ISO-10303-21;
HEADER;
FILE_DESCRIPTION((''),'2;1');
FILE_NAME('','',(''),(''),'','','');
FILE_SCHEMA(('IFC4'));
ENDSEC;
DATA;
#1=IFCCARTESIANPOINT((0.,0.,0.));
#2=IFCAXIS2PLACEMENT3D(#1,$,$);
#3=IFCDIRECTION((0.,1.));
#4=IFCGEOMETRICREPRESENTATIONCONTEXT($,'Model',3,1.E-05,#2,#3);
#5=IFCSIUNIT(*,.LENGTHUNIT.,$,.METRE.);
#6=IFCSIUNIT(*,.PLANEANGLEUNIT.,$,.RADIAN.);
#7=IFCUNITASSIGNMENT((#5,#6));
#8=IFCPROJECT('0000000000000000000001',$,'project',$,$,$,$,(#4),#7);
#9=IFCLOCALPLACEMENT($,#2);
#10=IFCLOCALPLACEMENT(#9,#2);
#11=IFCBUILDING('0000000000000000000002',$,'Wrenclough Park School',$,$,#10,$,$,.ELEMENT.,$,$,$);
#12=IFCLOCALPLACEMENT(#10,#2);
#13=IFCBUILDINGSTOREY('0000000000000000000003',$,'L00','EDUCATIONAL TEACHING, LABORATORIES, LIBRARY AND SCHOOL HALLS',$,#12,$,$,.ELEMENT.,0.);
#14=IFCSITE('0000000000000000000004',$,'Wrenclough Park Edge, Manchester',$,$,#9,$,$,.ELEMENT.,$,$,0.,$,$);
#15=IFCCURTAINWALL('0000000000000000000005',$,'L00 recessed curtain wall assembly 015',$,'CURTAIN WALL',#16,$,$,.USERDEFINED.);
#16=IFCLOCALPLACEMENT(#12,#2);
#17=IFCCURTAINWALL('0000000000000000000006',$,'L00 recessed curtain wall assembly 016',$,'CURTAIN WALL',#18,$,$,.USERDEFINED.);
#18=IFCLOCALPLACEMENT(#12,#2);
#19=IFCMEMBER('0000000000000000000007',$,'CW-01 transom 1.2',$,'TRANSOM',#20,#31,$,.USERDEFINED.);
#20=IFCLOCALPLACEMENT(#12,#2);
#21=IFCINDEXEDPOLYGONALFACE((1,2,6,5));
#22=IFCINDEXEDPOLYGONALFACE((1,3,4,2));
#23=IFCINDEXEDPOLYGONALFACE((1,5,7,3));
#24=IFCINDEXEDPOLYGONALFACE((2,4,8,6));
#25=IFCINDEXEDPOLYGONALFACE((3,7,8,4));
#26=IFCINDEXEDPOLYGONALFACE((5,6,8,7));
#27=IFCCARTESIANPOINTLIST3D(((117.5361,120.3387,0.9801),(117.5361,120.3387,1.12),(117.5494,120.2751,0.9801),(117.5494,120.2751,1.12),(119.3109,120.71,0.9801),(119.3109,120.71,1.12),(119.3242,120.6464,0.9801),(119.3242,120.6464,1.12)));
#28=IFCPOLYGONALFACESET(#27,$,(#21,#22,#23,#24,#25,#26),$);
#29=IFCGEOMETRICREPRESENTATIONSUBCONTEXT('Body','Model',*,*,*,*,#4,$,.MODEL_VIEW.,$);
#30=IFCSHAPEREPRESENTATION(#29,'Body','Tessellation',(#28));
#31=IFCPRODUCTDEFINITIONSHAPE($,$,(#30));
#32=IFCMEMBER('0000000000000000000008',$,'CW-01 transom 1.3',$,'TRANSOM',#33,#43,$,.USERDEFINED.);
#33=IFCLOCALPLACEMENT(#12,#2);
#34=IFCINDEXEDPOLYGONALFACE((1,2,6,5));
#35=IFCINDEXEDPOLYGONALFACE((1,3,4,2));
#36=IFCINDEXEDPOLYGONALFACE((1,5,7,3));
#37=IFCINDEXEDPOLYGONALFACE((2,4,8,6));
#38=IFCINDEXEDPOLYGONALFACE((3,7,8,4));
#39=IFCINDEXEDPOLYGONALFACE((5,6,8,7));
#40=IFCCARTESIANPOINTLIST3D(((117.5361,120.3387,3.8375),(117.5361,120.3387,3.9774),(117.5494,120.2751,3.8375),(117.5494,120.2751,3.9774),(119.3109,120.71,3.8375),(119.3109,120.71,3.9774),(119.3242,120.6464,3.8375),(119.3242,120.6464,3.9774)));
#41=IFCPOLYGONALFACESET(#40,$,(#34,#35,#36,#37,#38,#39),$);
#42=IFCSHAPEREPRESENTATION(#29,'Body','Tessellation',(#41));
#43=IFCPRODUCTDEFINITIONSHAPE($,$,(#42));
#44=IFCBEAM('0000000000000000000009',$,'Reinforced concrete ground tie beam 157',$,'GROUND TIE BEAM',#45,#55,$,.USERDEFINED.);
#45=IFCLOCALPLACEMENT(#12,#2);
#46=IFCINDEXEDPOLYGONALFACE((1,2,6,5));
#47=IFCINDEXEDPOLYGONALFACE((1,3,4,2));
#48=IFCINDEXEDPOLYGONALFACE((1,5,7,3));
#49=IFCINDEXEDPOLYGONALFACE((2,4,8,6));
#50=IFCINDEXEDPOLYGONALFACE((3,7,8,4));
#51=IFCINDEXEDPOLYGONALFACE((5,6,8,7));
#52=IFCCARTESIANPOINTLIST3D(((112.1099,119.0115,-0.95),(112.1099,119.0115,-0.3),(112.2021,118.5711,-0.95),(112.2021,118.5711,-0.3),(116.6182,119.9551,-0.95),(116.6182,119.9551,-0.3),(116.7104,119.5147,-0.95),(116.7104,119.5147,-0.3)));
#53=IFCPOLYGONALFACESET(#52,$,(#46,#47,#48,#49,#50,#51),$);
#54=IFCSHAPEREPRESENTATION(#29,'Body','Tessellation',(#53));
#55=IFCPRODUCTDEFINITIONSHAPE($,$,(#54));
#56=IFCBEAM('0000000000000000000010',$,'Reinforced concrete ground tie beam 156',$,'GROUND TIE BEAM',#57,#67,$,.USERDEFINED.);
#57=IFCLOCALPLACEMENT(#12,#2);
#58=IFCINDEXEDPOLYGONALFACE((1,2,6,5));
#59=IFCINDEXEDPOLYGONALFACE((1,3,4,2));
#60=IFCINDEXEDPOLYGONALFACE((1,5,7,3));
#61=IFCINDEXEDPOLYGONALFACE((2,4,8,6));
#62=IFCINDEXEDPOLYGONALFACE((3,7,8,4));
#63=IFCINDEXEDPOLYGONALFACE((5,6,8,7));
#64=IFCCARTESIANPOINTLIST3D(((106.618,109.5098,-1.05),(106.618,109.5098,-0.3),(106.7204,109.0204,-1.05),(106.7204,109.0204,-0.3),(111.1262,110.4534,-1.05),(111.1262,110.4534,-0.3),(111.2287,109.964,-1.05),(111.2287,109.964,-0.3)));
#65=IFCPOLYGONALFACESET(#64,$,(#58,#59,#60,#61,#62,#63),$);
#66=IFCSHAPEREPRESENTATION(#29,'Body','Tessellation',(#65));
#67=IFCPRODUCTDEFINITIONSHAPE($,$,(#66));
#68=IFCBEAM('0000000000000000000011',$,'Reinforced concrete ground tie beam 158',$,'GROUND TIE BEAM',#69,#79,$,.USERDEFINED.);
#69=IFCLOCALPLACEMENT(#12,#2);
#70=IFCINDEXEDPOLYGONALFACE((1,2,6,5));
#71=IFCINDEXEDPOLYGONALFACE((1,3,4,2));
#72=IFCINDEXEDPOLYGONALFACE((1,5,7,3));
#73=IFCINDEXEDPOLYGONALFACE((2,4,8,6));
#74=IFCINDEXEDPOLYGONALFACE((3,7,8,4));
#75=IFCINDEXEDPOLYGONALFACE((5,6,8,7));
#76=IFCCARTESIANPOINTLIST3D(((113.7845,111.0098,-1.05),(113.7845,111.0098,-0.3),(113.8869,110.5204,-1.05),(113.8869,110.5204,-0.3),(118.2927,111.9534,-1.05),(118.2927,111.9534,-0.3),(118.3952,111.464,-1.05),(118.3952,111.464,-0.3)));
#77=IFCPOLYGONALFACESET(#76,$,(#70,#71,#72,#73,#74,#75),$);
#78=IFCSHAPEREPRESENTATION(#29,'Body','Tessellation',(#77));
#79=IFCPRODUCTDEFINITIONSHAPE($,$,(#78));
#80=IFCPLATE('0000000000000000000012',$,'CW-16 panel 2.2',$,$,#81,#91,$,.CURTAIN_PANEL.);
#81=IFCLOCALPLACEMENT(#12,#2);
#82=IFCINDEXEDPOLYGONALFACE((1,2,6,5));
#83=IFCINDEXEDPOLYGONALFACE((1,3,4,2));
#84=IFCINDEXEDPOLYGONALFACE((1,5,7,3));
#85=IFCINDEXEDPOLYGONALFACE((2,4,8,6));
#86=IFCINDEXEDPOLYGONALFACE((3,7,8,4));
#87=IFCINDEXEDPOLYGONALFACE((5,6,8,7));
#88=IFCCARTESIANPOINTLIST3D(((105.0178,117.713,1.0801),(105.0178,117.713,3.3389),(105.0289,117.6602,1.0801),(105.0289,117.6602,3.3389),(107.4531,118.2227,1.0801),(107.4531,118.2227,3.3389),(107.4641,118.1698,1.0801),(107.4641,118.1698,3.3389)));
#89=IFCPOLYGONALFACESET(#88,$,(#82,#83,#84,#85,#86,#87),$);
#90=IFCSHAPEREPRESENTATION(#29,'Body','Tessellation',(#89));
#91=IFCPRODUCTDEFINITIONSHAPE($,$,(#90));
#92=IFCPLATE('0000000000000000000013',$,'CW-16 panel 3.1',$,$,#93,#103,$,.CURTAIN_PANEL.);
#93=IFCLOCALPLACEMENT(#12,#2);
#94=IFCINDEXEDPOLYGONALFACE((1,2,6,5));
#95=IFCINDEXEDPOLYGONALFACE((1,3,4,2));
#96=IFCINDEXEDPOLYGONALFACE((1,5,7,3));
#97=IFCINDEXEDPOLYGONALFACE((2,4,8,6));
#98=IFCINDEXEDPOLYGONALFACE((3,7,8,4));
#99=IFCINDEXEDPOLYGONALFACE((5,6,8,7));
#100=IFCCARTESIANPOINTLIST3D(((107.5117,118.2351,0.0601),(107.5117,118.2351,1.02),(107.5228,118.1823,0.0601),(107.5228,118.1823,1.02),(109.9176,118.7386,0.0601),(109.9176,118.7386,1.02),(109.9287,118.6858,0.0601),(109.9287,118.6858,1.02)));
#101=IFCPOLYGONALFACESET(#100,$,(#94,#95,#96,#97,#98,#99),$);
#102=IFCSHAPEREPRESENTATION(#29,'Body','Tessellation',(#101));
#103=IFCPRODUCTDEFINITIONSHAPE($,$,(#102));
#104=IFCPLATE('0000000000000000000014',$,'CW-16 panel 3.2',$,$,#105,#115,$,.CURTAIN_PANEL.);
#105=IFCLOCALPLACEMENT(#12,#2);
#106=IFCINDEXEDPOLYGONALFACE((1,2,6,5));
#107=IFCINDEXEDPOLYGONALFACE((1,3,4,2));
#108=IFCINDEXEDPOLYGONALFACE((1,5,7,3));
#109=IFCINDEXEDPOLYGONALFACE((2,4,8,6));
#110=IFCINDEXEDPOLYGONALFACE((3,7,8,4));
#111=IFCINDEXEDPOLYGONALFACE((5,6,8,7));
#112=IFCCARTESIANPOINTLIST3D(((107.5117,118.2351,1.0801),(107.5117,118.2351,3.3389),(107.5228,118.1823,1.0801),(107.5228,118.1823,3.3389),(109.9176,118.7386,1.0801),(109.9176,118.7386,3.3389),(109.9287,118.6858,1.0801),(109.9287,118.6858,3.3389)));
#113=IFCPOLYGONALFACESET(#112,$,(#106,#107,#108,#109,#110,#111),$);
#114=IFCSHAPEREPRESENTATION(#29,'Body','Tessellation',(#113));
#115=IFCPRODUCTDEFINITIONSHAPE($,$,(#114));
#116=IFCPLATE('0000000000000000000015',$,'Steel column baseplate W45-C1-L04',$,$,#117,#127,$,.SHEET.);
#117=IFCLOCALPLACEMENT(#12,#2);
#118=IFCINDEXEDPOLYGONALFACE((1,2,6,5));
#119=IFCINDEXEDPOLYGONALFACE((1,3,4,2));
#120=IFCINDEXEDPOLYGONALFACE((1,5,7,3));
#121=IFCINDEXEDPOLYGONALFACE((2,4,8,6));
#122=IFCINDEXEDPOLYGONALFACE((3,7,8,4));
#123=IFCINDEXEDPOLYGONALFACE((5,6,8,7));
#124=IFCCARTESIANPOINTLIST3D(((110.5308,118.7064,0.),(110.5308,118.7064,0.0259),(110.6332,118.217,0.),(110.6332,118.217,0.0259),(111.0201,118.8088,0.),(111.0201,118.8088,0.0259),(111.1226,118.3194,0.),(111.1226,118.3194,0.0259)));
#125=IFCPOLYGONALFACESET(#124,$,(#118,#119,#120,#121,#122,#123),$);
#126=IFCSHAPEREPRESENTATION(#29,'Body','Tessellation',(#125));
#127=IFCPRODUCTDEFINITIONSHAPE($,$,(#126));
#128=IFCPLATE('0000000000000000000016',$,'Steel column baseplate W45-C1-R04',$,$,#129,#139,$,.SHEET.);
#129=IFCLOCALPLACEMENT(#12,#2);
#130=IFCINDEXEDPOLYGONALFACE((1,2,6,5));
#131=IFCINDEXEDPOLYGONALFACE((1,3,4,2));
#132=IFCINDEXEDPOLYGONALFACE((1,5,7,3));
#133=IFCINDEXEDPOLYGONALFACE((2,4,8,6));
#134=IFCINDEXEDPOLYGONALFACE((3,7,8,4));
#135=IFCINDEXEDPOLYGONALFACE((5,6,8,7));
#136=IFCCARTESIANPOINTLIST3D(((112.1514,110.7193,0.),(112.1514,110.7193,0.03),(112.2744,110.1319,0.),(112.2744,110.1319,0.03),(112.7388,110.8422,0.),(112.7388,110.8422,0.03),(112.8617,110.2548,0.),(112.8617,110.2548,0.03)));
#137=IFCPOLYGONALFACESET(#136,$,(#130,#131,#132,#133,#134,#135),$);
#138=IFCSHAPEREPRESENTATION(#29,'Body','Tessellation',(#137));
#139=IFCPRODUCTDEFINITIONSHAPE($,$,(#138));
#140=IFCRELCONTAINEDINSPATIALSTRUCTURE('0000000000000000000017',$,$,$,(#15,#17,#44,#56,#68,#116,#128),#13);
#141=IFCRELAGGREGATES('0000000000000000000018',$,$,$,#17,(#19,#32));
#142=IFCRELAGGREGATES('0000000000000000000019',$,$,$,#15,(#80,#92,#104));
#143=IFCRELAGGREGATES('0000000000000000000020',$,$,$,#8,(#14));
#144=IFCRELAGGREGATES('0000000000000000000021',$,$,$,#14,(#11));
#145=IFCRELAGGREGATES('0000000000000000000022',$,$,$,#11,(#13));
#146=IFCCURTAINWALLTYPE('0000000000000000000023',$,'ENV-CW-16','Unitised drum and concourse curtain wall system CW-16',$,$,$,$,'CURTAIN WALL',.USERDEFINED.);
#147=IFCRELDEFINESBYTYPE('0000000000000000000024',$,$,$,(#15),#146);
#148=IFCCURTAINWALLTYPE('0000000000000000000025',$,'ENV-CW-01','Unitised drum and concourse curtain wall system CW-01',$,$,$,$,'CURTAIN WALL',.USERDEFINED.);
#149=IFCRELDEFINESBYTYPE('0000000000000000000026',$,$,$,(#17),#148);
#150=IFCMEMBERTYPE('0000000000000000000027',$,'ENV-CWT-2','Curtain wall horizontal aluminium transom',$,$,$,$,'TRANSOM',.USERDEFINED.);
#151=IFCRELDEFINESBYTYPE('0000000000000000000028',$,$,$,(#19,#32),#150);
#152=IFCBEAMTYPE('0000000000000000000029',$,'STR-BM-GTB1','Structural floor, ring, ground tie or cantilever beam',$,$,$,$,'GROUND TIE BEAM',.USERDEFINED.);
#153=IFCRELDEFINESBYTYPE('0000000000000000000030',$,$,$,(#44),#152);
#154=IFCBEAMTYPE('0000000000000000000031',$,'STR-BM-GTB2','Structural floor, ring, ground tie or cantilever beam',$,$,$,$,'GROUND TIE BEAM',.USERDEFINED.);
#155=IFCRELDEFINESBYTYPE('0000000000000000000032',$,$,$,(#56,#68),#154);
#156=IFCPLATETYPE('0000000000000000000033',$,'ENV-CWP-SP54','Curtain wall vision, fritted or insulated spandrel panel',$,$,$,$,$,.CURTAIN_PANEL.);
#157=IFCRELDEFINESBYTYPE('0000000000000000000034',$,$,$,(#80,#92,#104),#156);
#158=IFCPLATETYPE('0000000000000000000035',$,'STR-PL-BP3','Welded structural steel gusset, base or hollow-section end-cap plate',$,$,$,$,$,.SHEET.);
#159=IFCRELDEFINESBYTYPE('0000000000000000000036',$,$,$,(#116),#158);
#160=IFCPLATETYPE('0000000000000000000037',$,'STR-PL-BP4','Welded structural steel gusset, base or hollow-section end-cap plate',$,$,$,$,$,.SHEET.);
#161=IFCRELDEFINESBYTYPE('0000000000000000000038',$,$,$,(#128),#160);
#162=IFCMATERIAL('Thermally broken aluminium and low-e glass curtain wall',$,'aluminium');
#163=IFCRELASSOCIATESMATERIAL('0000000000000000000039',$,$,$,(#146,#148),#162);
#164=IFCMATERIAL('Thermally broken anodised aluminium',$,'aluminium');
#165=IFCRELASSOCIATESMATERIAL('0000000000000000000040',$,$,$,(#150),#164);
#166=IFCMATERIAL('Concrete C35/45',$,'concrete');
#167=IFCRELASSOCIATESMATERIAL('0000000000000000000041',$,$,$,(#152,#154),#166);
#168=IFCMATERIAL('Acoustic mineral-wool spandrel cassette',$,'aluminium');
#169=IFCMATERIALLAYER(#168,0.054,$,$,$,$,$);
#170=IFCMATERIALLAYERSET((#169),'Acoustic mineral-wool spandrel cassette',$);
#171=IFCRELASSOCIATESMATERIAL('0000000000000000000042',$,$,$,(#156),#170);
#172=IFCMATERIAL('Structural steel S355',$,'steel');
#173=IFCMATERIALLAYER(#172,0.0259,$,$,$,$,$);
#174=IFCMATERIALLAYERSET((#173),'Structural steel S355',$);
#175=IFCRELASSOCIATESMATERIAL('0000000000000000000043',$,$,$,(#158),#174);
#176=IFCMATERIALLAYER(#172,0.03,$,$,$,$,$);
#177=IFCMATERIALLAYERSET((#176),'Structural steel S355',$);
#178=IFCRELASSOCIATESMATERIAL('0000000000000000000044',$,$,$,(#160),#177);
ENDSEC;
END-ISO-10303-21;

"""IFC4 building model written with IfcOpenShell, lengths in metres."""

from ifc_helpers import new_model, si_unit, direction, frame, origin, origin_2d, place, context, subcontext, project, spatial, rectangle, extrude, material, layer, layer_set, material_profile, profile_set, type_object, element, aggregate, save


model = new_model("IFC4")

# Units and contexts
model_context = context("Model", 3, precision=1e-05, world=origin(), true_north=direction((0.0, 1.0)))
body_context = subcontext(model_context, "Body", "Model", "MODEL_VIEW")
ifc_project = project(units=[si_unit("LENGTHUNIT", "METRE"), si_unit("PLANEANGLEUNIT", "RADIAN")], contexts=[model_context])

# Site, building, storey
site_placement = place(None, origin())
site = spatial("IfcSite", under=ifc_project, at=site_placement, Name="Wrenclough Park Edge, Manchester", CompositionType="ELEMENT", RefElevation=0.0)
building_placement = place(site_placement, origin())
building = spatial("IfcBuilding", under=site, at=building_placement, Name="Wrenclough Park School", CompositionType="ELEMENT")
storey_placement = place(building_placement, origin())
storey = spatial("IfcBuildingStorey", under=building, at=storey_placement, Name="L00", Description="EDUCATIONAL TEACHING, LABORATORIES, LIBRARY AND SCHOOL HALLS", CompositionType="ELEMENT", Elevation=0.0)

# Shared definitions
ifc_material_1 = material(Name="Concrete C35/45", Category="concrete")

# Shared definitions
ifc_material_2 = material(Name="Structural steel S355", Category="steel")

# Curtain wall
ifc_material_3 = material(Name="Thermally broken aluminium and low-e glass curtain wall", Category="aluminium")
curtain_wall_type_1 = type_object("IfcCurtainWallType", Name="ENV-CW-16", Description="Unitised drum and concourse curtain wall system CW-16", ElementType="CURTAIN WALL", PredefinedType="USERDEFINED", material=ifc_material_3)
curtain_wall_1_placement = place(storey_placement, origin())
curtain_wall_1 = element("IfcCurtainWall", 1, at=curtain_wall_1_placement, inside=storey, type_object=curtain_wall_type_1, Name="L00 recessed curtain wall assembly 015", ObjectType="CURTAIN WALL", PredefinedType="USERDEFINED")
ifc_material_4 = material(Name="Thermally broken anodised aluminium", Category="aluminium")

# Curtain wall
curtain_wall_type_2 = type_object("IfcCurtainWallType", Name="ENV-CW-01", Description="Unitised drum and concourse curtain wall system CW-01", ElementType="CURTAIN WALL", PredefinedType="USERDEFINED", material=ifc_material_3)
curtain_wall_2_placement = place(storey_placement, origin())
curtain_wall_2 = element("IfcCurtainWall", 2, at=curtain_wall_2_placement, inside=storey, type_object=curtain_wall_type_2, Name="L00 recessed curtain wall assembly 016", ObjectType="CURTAIN WALL", PredefinedType="USERDEFINED")

# Members
ifc_material_profile_1 = material_profile(ifc_material_4, rectangle(XDim=0.0649, YDim=0.1399, at=origin_2d()), Name="AL TRANSOM 65x140")
ifc_profile_set_1 = profile_set([ifc_material_profile_1], Name="Thermally broken anodised aluminium")
member_type_1 = type_object("IfcMemberType", Name="ENV-CWT-2", Description="Curtain wall horizontal aluminium transom", ElementType="TRANSOM", PredefinedType="USERDEFINED", material=ifc_profile_set_1)
member_1_placement = place(storey_placement, frame((117.5427, 120.3069, 1.05), z_axis=(0.978808, 0.204782, 0.0), x_axis=(-0.204782, 0.978808, 0.0)))
member_1 = element("IfcMember", 3, at=member_1_placement, type_object=member_type_1, Name="CW-01 transom 1.2", ObjectType="TRANSOM", PredefinedType="USERDEFINED", context=body_context, shape_type="SweptSolid", body=[
    extrude(rectangle(XDim=0.0649, YDim=0.1399, at=origin_2d()), origin(), (0.0, 0.0, 1.0), 1.8132),
])
member_2_placement = place(storey_placement, frame((117.5427, 120.3069, 3.9075), z_axis=(0.978808, 0.204782, 0.0), x_axis=(-0.204782, 0.978808, 0.0)))
member_2 = element("IfcMember", 4, at=member_2_placement, type_object=member_type_1, Name="CW-01 transom 1.3", ObjectType="TRANSOM", PredefinedType="USERDEFINED", context=body_context, shape_type="SweptSolid", body=[
    extrude(rectangle(XDim=0.0649, YDim=0.1399, at=origin_2d()), origin(), (0.0, 0.0, 1.0), 1.8132),
])
aggregate(curtain_wall_2, [member_1, member_2])

# Beams
ifc_material_profile_2 = material_profile(ifc_material_1, rectangle(XDim=0.45, YDim=0.6499, at=origin_2d()), Name="RC GROUND 450x650")
ifc_profile_set_2 = profile_set([ifc_material_profile_2], Name="Concrete C35/45")
beam_type_1 = type_object("IfcBeamType", Name="STR-BM-GTB1", Description="Structural floor, ring, ground tie or cantilever beam", ElementType="GROUND TIE BEAM", PredefinedType="USERDEFINED", material=ifc_profile_set_2)
beam_placement = place(storey_placement, frame((112.156, 118.7913, -0.625), z_axis=(0.97879, 0.204864, 0.0), x_axis=(-0.204864, 0.97879, 0.0)))
element("IfcBeam", 5, at=beam_placement, inside=storey, type_object=beam_type_1, Name="Reinforced concrete ground tie beam 157", ObjectType="GROUND TIE BEAM", PredefinedType="USERDEFINED", context=body_context, shape_type="SweptSolid", body=[
    extrude(rectangle(XDim=0.45, YDim=0.6499, at=origin_2d()), origin(), (0.0, 0.0, 1.0), 4.606),
])
ifc_material_profile_3 = material_profile(ifc_material_1, rectangle(XDim=0.5, YDim=0.75, at=origin_2d()), Name="RC GROUND 500x750")
ifc_profile_set_3 = profile_set([ifc_material_profile_3], Name="Concrete C35/45")
beam_type_2 = type_object("IfcBeamType", Name="STR-BM-GTB2", Description="Structural floor, ring, ground tie or cantilever beam", ElementType="GROUND TIE BEAM", PredefinedType="USERDEFINED", material=ifc_profile_set_3)
for number, where, z_axis, x_axis, name in (
    (6, (106.6692, 109.2651, -0.675), (0.97879, 0.204864, 0.0), (-0.204864, 0.97879, 0.0), "Reinforced concrete ground tie beam 156"),
    (7, (113.8357, 110.7651, -0.675), (0.97879, 0.204864, 0.0), (-0.204864, 0.97879, 0.0), "Reinforced concrete ground tie beam 158"),
):
    element("IfcBeam", number, at=place(storey_placement, frame(where, z_axis=z_axis, x_axis=x_axis)), inside=storey, type_object=beam_type_2, Name=name, ObjectType="GROUND TIE BEAM", PredefinedType="USERDEFINED", context=body_context, shape_type="SweptSolid", body=[
        extrude(rectangle(XDim=0.5, YDim=0.75, at=origin_2d()), origin(), (0.0, 0.0, 1.0), 4.606),
    ])

# Plates
ifc_material_5 = material(Name="Acoustic mineral-wool spandrel cassette", Category="aluminium")
ifc_layer_1 = layer(ifc_material_5, 0.054)
ifc_layer_set_1 = layer_set([ifc_layer_1], Name="Acoustic mineral-wool spandrel cassette")
plate_type_1 = type_object("IfcPlateType", Name="ENV-CWP-SP54", Description="Curtain wall vision, fritted or insulated spandrel panel", PredefinedType="CURTAIN_PANEL", material=ifc_layer_set_1)
plate_1_placement = place(storey_placement, frame((106.241, 117.9414, 1.0801), z_axis=(0.0, 0.0, 1.0), x_axis=(0.978792, 0.204858, 0.0)))
plate_1 = element("IfcPlate", 8, at=plate_1_placement, type_object=plate_type_1, Name="CW-16 panel 2.2", PredefinedType="CURTAIN_PANEL", context=body_context, shape_type="SweptSolid", body=[
    extrude(rectangle(XDim=2.488, YDim=0.054, at=origin_2d()), origin(), (0.0, 0.0, 1.0), 2.2588),
])
plate_2_placement = place(storey_placement, frame((108.7202, 118.4604, 0.0601), z_axis=(0.0, 0.0, 1.0), x_axis=(0.978792, 0.204858, 0.0)))
plate_2 = element("IfcPlate", 9, at=plate_2_placement, type_object=plate_type_1, Name="CW-16 panel 3.1", PredefinedType="CURTAIN_PANEL", context=body_context, shape_type="SweptSolid", body=[
    extrude(rectangle(XDim=2.458, YDim=0.054, at=origin_2d()), origin(), (0.0, 0.0, 1.0), 0.96),
])
plate_3_placement = place(storey_placement, frame((108.7202, 118.4604, 1.0801), z_axis=(0.0, 0.0, 1.0), x_axis=(0.978792, 0.204858, 0.0)))
plate_3 = element("IfcPlate", 10, at=plate_3_placement, type_object=plate_type_1, Name="CW-16 panel 3.2", PredefinedType="CURTAIN_PANEL", context=body_context, shape_type="SweptSolid", body=[
    extrude(rectangle(XDim=2.458, YDim=0.054, at=origin_2d()), origin(), (0.0, 0.0, 1.0), 2.2588),
])
aggregate(curtain_wall_1, [plate_1, plate_2, plate_3])

# Plates
ifc_layer_2 = layer(ifc_material_2, 0.0259)
ifc_layer_set_2 = layer_set([ifc_layer_2], Name="Structural steel S355")
plate_type_2 = type_object("IfcPlateType", Name="STR-PL-BP3", Description="Welded structural steel gusset, base or hollow-section end-cap plate", PredefinedType="SHEET", material=ifc_layer_set_2)
plate_4_placement = place(storey_placement, frame((110.8267, 118.5129, 0.0), z_axis=(0.0, 0.0, 1.0), x_axis=(0.978796, 0.204838, 0.0)))
element("IfcPlate", 11, at=plate_4_placement, inside=storey, type_object=plate_type_2, Name="Steel column baseplate W45-C1-L04", PredefinedType="SHEET", context=body_context, shape_type="SweptSolid", body=[
    extrude(rectangle(XDim=0.5, YDim=0.5, at=origin_2d()), origin(), (0.0, 0.0, 1.0), 0.0259),
])
ifc_layer_3 = layer(ifc_material_2, 0.03)
ifc_layer_set_3 = layer_set([ifc_layer_3], Name="Structural steel S355")
plate_type_3 = type_object("IfcPlateType", Name="STR-PL-BP4", Description="Welded structural steel gusset, base or hollow-section end-cap plate", PredefinedType="SHEET", material=ifc_layer_set_3)
plate_5_placement = place(storey_placement, frame((112.5066, 110.4871, 0.0), z_axis=(0.0, 0.0, 1.0), x_axis=(0.978796, 0.204838, 0.0)))
element("IfcPlate", 12, at=plate_5_placement, inside=storey, type_object=plate_type_3, Name="Steel column baseplate W45-C1-R04", PredefinedType="SHEET", context=body_context, shape_type="SweptSolid", body=[
    extrude(rectangle(XDim=0.6001, YDim=0.6001, at=origin_2d()), origin(), (0.0, 0.0, 1.0), 0.03),
])

save(model, "model.ifc")
